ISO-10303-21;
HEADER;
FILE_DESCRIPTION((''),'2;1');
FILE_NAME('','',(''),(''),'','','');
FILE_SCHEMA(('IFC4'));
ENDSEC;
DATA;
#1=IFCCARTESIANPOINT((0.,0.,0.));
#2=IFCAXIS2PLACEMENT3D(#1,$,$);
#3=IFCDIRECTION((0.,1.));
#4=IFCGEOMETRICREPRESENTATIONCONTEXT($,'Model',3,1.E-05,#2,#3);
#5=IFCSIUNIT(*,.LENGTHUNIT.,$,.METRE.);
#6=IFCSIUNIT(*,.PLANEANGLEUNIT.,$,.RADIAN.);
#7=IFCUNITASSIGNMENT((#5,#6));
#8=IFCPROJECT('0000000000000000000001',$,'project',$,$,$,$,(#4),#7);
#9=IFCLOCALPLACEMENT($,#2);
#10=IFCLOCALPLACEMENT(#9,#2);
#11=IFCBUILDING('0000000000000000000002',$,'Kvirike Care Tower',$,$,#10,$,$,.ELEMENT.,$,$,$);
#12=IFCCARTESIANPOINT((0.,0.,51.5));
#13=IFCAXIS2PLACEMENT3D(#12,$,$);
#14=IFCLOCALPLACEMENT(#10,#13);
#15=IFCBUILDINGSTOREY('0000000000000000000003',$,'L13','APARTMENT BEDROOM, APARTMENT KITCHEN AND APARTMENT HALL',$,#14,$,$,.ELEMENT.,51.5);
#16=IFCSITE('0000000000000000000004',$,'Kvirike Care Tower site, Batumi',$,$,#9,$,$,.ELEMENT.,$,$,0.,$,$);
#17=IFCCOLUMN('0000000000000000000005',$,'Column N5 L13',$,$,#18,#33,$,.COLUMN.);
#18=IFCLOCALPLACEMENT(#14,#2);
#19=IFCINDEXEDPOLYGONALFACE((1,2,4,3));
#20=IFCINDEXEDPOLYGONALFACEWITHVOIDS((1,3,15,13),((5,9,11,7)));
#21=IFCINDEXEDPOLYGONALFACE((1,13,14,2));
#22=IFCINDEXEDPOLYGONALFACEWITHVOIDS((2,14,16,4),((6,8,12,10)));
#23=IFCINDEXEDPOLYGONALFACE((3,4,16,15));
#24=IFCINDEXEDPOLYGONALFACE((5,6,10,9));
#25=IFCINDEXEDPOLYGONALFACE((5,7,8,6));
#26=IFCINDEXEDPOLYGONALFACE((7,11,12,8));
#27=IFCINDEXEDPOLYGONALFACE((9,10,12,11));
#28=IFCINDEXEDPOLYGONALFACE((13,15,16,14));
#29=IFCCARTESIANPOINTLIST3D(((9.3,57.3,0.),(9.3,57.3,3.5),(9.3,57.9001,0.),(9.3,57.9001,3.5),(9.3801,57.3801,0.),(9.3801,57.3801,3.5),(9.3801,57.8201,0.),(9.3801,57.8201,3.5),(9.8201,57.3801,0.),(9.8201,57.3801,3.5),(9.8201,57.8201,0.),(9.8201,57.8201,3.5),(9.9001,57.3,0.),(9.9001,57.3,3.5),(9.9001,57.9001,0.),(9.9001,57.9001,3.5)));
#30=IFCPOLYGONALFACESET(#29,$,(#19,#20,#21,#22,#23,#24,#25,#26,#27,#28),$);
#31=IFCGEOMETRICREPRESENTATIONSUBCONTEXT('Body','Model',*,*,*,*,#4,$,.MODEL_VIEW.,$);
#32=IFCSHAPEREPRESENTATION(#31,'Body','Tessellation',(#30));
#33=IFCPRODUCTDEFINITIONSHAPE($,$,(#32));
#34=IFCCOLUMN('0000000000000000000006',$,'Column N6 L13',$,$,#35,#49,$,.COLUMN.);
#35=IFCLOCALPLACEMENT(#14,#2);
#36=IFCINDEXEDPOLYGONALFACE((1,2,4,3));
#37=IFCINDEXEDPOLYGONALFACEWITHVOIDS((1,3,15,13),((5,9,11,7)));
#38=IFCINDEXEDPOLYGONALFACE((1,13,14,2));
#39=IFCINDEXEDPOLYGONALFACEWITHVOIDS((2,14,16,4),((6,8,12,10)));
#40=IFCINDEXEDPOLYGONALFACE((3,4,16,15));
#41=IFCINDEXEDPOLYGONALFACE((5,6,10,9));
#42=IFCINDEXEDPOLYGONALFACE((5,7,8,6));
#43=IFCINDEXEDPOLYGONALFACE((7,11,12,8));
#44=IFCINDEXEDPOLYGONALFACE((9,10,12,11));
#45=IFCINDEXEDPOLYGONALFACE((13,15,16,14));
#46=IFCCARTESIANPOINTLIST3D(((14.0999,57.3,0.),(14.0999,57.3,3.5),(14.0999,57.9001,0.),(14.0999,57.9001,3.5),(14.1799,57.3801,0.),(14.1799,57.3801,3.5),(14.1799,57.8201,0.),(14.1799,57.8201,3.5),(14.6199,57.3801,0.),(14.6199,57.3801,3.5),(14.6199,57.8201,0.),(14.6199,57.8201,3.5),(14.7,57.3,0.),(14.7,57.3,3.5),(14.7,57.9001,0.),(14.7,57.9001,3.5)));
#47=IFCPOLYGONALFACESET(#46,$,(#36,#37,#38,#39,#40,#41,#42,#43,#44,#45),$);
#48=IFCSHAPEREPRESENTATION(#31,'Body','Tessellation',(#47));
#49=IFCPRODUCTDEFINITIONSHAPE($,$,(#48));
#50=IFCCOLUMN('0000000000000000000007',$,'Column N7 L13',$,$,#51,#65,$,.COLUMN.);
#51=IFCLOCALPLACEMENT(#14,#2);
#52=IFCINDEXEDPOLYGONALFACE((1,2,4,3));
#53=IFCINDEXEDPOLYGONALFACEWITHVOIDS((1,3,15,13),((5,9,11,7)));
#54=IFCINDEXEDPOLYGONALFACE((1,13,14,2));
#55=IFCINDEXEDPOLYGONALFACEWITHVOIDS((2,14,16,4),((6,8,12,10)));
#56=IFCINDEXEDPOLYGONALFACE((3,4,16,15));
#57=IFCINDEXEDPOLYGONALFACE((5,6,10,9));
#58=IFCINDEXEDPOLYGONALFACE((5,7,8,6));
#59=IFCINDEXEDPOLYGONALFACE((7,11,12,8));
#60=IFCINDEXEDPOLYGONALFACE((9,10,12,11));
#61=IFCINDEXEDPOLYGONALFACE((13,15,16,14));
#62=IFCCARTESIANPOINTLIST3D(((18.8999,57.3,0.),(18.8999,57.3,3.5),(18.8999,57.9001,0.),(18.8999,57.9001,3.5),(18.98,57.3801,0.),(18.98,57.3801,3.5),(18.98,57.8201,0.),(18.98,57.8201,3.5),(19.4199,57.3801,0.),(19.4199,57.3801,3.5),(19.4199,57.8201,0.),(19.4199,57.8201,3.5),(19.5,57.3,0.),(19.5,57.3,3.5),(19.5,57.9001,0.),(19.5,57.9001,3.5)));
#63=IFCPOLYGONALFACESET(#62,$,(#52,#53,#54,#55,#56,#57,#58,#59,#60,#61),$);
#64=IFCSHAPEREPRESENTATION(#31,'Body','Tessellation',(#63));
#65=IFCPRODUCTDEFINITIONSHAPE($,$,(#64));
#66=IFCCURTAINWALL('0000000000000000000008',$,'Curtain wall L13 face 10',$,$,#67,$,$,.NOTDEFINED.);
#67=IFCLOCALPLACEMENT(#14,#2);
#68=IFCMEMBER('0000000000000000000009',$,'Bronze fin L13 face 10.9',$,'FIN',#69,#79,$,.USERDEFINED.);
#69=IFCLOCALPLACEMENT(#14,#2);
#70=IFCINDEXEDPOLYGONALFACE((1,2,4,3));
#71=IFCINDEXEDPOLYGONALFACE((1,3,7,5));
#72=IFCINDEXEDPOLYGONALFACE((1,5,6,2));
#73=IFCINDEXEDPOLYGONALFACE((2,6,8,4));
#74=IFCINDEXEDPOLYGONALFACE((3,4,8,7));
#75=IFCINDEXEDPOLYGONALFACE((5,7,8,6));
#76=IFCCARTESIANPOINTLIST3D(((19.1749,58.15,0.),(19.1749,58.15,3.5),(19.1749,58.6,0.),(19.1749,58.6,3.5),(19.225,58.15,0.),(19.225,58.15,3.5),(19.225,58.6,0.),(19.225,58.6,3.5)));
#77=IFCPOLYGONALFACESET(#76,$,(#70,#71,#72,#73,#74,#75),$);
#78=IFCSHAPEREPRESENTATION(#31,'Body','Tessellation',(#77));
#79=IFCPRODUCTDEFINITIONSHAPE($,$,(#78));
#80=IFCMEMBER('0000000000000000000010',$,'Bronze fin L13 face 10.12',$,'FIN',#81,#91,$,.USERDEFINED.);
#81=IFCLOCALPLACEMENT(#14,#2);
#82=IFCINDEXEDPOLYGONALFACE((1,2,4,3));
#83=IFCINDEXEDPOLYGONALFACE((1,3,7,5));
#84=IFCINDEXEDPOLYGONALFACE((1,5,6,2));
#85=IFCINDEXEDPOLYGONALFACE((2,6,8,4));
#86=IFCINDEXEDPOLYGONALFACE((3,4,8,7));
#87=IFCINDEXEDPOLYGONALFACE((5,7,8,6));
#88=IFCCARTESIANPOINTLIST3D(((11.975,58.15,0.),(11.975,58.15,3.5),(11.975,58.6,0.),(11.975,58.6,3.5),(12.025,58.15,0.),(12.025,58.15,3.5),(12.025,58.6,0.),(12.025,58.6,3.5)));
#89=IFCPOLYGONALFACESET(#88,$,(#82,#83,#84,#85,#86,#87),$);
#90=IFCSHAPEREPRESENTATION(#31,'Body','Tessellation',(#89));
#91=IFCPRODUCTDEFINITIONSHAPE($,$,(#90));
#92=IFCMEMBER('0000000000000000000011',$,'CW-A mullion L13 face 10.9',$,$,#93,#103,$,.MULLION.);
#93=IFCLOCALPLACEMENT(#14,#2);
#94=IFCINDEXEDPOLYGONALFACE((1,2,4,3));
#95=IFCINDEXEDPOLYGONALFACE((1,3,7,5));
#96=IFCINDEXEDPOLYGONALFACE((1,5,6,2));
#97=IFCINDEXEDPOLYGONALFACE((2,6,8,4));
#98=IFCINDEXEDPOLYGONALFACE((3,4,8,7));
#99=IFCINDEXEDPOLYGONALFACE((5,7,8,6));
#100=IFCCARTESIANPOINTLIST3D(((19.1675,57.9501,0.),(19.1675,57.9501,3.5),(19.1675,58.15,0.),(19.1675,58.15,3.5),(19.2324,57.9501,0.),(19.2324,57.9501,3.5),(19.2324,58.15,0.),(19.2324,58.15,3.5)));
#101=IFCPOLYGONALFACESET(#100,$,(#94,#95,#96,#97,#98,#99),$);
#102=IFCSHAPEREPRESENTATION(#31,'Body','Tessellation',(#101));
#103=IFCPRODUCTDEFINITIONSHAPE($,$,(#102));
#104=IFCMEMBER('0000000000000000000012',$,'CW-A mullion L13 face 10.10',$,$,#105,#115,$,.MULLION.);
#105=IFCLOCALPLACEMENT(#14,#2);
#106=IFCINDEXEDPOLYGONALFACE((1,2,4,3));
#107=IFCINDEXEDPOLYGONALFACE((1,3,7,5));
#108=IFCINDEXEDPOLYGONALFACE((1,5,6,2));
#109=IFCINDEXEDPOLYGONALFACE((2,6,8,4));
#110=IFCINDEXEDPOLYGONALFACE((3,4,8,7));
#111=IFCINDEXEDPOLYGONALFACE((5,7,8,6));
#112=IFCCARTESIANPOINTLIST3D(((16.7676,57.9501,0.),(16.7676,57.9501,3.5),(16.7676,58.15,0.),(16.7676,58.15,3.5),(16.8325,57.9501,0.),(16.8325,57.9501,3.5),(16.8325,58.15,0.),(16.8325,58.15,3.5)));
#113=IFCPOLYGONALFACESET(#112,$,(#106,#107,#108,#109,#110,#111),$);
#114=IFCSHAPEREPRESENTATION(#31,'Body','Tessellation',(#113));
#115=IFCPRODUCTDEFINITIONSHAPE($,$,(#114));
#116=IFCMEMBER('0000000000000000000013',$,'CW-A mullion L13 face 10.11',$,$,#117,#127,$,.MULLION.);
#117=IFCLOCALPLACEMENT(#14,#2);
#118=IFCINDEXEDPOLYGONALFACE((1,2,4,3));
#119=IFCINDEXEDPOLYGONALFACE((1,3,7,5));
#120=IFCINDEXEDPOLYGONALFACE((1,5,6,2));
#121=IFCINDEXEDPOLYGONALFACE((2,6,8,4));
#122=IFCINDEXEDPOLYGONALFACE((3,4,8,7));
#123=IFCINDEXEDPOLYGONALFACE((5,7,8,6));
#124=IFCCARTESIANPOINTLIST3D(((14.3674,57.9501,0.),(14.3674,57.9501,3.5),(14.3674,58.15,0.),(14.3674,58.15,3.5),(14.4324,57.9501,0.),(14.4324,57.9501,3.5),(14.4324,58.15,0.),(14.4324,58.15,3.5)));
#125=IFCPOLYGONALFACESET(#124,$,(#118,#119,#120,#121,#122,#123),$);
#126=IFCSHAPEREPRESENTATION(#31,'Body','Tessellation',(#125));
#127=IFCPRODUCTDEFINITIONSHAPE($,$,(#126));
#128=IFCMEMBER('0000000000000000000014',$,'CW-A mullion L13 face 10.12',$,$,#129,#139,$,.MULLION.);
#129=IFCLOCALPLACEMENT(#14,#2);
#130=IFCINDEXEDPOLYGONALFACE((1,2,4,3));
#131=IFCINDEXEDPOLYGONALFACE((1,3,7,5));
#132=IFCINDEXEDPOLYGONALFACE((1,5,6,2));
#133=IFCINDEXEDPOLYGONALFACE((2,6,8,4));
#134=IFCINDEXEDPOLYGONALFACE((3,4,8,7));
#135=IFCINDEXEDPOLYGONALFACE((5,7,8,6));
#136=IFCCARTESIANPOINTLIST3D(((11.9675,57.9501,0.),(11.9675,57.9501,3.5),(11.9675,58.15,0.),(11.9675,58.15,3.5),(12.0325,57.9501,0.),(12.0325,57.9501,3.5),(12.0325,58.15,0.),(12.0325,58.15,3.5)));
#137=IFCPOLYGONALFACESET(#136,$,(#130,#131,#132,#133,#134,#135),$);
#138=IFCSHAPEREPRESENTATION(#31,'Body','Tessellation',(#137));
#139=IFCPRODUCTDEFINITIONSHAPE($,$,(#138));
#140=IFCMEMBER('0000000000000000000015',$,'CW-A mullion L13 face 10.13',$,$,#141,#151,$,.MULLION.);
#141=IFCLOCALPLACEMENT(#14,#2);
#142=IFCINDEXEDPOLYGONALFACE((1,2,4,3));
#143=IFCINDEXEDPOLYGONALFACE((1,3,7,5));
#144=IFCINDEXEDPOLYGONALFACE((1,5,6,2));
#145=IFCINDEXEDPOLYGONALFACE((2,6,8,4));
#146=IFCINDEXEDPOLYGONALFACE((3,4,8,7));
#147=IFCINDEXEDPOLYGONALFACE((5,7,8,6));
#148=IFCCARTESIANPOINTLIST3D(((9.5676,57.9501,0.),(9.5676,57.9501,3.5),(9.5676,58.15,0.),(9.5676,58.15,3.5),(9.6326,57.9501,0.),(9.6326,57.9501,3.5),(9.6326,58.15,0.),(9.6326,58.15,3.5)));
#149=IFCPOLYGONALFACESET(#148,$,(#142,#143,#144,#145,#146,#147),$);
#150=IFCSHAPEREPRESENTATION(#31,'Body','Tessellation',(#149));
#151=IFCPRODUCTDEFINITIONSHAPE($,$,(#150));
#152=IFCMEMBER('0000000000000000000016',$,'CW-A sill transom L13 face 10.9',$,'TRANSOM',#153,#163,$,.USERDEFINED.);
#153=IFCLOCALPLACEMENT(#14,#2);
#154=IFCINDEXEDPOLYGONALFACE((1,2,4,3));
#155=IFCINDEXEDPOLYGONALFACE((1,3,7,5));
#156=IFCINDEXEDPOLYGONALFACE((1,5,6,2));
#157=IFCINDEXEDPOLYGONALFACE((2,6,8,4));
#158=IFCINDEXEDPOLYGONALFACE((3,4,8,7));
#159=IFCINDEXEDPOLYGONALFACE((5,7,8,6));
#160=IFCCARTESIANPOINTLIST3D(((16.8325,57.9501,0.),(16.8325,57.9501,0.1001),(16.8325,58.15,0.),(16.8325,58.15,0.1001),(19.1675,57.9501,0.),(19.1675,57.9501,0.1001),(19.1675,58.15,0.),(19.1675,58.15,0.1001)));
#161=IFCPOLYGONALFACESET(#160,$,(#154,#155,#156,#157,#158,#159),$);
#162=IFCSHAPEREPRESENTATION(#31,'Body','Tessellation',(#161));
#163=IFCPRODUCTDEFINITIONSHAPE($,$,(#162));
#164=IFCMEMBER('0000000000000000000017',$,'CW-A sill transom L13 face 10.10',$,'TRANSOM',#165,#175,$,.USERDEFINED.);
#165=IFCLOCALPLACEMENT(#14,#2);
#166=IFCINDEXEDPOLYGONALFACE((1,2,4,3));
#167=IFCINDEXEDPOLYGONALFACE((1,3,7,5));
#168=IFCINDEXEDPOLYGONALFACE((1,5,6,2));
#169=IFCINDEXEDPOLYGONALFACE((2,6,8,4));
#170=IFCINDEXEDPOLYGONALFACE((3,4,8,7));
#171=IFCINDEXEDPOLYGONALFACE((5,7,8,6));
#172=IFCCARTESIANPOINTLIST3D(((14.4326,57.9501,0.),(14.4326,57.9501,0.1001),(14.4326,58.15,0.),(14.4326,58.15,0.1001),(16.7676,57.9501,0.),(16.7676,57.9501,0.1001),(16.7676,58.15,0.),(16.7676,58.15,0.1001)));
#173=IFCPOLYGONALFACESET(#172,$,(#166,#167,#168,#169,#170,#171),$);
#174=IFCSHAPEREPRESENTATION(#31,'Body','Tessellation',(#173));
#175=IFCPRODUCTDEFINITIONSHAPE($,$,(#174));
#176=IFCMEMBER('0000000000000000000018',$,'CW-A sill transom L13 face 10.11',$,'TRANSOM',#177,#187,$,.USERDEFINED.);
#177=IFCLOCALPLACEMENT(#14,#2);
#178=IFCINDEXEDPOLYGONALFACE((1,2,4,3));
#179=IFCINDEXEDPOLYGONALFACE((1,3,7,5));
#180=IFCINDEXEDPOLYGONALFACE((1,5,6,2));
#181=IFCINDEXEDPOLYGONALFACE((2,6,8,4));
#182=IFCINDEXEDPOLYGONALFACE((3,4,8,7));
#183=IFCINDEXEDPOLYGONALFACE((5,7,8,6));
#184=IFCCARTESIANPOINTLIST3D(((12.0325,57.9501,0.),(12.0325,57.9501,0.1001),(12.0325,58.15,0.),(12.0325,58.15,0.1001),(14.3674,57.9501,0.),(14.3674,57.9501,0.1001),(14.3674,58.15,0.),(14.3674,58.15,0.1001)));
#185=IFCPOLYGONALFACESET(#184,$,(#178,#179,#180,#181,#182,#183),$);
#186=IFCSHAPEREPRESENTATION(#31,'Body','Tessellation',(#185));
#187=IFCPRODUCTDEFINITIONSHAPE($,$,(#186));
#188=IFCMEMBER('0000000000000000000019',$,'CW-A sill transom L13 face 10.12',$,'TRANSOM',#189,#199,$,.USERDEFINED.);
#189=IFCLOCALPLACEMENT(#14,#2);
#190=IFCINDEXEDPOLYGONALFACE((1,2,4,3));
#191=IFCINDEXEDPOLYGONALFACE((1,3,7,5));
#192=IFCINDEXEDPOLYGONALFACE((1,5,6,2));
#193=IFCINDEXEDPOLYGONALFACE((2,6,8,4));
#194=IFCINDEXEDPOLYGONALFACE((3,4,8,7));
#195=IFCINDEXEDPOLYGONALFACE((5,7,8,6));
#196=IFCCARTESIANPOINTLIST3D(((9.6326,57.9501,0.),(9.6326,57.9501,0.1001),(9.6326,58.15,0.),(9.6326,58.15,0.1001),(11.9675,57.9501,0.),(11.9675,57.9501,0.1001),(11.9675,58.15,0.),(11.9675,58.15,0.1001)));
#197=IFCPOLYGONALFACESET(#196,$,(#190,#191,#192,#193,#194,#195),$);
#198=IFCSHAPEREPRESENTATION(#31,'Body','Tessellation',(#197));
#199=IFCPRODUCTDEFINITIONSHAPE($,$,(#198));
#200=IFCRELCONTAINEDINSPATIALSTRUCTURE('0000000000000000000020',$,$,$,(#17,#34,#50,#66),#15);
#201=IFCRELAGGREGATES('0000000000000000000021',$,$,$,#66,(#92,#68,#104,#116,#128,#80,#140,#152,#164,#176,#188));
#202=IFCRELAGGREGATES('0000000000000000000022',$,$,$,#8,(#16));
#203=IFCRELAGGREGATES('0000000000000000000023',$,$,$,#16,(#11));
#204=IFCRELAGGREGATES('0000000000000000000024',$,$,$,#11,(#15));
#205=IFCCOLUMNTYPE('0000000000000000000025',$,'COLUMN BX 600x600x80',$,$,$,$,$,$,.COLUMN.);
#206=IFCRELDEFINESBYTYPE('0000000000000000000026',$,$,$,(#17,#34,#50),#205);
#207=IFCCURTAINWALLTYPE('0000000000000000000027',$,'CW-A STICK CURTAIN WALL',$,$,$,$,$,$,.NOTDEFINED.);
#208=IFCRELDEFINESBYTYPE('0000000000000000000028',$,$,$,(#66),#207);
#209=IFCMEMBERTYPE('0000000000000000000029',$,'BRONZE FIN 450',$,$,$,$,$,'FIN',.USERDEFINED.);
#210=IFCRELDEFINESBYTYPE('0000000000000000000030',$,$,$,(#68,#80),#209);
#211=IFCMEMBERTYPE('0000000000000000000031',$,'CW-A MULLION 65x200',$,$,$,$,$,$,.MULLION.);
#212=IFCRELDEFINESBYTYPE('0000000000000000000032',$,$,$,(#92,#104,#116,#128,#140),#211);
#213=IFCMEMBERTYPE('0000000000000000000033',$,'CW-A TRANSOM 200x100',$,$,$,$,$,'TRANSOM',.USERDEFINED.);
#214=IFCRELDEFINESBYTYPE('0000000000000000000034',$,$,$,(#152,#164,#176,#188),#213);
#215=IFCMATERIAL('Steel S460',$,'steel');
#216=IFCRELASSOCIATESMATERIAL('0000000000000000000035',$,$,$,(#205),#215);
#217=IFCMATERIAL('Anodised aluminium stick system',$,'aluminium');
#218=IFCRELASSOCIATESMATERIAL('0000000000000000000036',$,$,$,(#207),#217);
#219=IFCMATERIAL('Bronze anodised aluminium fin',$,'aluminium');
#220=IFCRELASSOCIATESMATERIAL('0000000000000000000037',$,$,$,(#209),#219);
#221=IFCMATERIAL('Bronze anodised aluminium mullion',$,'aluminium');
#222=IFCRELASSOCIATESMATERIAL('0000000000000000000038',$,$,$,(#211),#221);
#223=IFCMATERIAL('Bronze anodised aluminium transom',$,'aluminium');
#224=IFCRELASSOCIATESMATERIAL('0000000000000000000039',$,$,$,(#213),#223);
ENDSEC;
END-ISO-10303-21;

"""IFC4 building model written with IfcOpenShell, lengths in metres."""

from ifc_helpers import new_model, si_unit, direction, frame, origin, origin_2d, place, context, subcontext, project, spatial, rectangle, hollow_rectangle, extrude, material, material_profile, profile_set, type_object, element, aggregate, save


model = new_model("IFC4")

# Units and contexts
model_context = context("Model", 3, precision=1e-05, world=origin(), true_north=direction((0.0, 1.0)))
body_context = subcontext(model_context, "Body", "Model", "MODEL_VIEW")
ifc_project = project(units=[si_unit("LENGTHUNIT", "METRE"), si_unit("PLANEANGLEUNIT", "RADIAN")], contexts=[model_context])

# Site, building, storey
site_placement = place(None, origin())
site = spatial("IfcSite", under=ifc_project, at=site_placement, Name="Kvirike Care Tower site, Batumi", CompositionType="ELEMENT", RefElevation=0.0)
building_placement = place(site_placement, origin())
building = spatial("IfcBuilding", under=site, at=building_placement, Name="Kvirike Care Tower", CompositionType="ELEMENT")
storey_placement = place(building_placement, frame((0.0, 0.0, 51.5)))
storey = spatial("IfcBuildingStorey", under=building, at=storey_placement, Name="L13", Description="APARTMENT BEDROOM, APARTMENT KITCHEN AND APARTMENT HALL", CompositionType="ELEMENT", Elevation=51.5)

# Columns
ifc_material_1 = material(Name="Steel S460", Category="steel")
ifc_material_profile_1 = material_profile(ifc_material_1, hollow_rectangle(XDim=0.6001, YDim=0.6001, WallThickness=0.0801, at=origin_2d()), Name="BX 600x600x80")
ifc_profile_set_1 = profile_set([ifc_material_profile_1], Name="Steel S460")
column_type = type_object("IfcColumnType", Name="COLUMN BX 600x600x80", PredefinedType="COLUMN", material=ifc_profile_set_1)
for number, where, z_axis, x_axis, name in (
    (1, (9.6001, 57.6001, 0.0), (0.0, 0.0, 1.0), (0.0, 1.0, 0.0), "Column N5 L13"),
    (2, (14.3999, 57.6001, 0.0), (0.0, 0.0, 1.0), (0.0, 1.0, 0.0), "Column N6 L13"),
    (3, (19.2, 57.6001, 0.0), (0.0, 0.0, 1.0), (0.0, 1.0, 0.0), "Column N7 L13"),
):
    element("IfcColumn", number, at=place(storey_placement, frame(where, z_axis=z_axis, x_axis=x_axis)), inside=storey, type_object=column_type, Name=name, PredefinedType="COLUMN", context=body_context, shape_type="SweptSolid", body=[
        extrude(hollow_rectangle(XDim=0.6001, YDim=0.6001, WallThickness=0.0801, at=origin_2d()), origin(), (0.0, 0.0, 1.0), 3.5),
    ])

# Curtain wall, members
ifc_material_2 = material(Name="Anodised aluminium stick system", Category="aluminium")
curtain_wall_type = type_object("IfcCurtainWallType", Name="CW-A STICK CURTAIN WALL", PredefinedType="NOTDEFINED", material=ifc_material_2)
curtain_wall_placement = place(storey_placement, origin())
curtain_wall = element("IfcCurtainWall", 4, at=curtain_wall_placement, inside=storey, type_object=curtain_wall_type, Name="Curtain wall L13 face 10", PredefinedType="NOTDEFINED")
ifc_material_3 = material(Name="Bronze anodised aluminium fin", Category="aluminium")
ifc_material_profile_2 = material_profile(ifc_material_3, rectangle(XDim=0.05, YDim=0.45, at=origin_2d()), Name="BRONZE FIN 450")
ifc_profile_set_2 = profile_set([ifc_material_profile_2], Name="Bronze anodised aluminium fin")
member_type_1 = type_object("IfcMemberType", Name="BRONZE FIN 450", ElementType="FIN", PredefinedType="USERDEFINED", material=ifc_profile_set_2)
member_1_placement = place(storey_placement, frame((19.2, 58.375, 0.0), z_axis=(0.0, 0.0, 1.0), x_axis=(-1.0, 0.0, 0.0)))
member_1 = element("IfcMember", 5, at=member_1_placement, type_object=member_type_1, Name="Bronze fin L13 face 10.9", ObjectType="FIN", PredefinedType="USERDEFINED", context=body_context, shape_type="SweptSolid", body=[
    extrude(rectangle(XDim=0.05, YDim=0.45, at=origin_2d()), origin(), (0.0, 0.0, 1.0), 3.5),
])
member_2_placement = place(storey_placement, frame((12.0, 58.375, 0.0), z_axis=(0.0, 0.0, 1.0), x_axis=(-1.0, 0.0, 0.0)))
member_2 = element("IfcMember", 6, at=member_2_placement, type_object=member_type_1, Name="Bronze fin L13 face 10.12", ObjectType="FIN", PredefinedType="USERDEFINED", context=body_context, shape_type="SweptSolid", body=[
    extrude(rectangle(XDim=0.05, YDim=0.45, at=origin_2d()), origin(), (0.0, 0.0, 1.0), 3.5),
])
ifc_material_4 = material(Name="Bronze anodised aluminium mullion", Category="aluminium")
ifc_material_profile_3 = material_profile(ifc_material_4, rectangle(XDim=0.0649, YDim=0.2, at=origin_2d()), Name="CW-A MULLION 65x200")
ifc_profile_set_3 = profile_set([ifc_material_profile_3], Name="Bronze anodised aluminium mullion")
member_type_2 = type_object("IfcMemberType", Name="CW-A MULLION 65x200", PredefinedType="MULLION", material=ifc_profile_set_3)
member_3_placement = place(storey_placement, frame((19.2, 58.05, 0.0), z_axis=(0.0, 0.0, 1.0), x_axis=(-1.0, 0.0, 0.0)))
member_3 = element("IfcMember", 7, at=member_3_placement, type_object=member_type_2, Name="CW-A mullion L13 face 10.9", PredefinedType="MULLION", context=body_context, shape_type="SweptSolid", body=[
    extrude(rectangle(XDim=0.0649, YDim=0.2, at=origin_2d()), origin(), (0.0, 0.0, 1.0), 3.5),
])
member_4_placement = place(storey_placement, frame((16.8, 58.05, 0.0), z_axis=(0.0, 0.0, 1.0), x_axis=(-1.0, 0.0, 0.0)))
member_4 = element("IfcMember", 8, at=member_4_placement, type_object=member_type_2, Name="CW-A mullion L13 face 10.10", PredefinedType="MULLION", context=body_context, shape_type="SweptSolid", body=[
    extrude(rectangle(XDim=0.0649, YDim=0.2, at=origin_2d()), origin(), (0.0, 0.0, 1.0), 3.5),
])
member_5_placement = place(storey_placement, frame((14.3999, 58.05, 0.0), z_axis=(0.0, 0.0, 1.0), x_axis=(-1.0, 0.0, 0.0)))
member_5 = element("IfcMember", 9, at=member_5_placement, type_object=member_type_2, Name="CW-A mullion L13 face 10.11", PredefinedType="MULLION", context=body_context, shape_type="SweptSolid", body=[
    extrude(rectangle(XDim=0.0649, YDim=0.2, at=origin_2d()), origin(), (0.0, 0.0, 1.0), 3.5),
])
member_6_placement = place(storey_placement, frame((12.0, 58.05, 0.0), z_axis=(0.0, 0.0, 1.0), x_axis=(-1.0, 0.0, 0.0)))
member_6 = element("IfcMember", 10, at=member_6_placement, type_object=member_type_2, Name="CW-A mullion L13 face 10.12", PredefinedType="MULLION", context=body_context, shape_type="SweptSolid", body=[
    extrude(rectangle(XDim=0.0649, YDim=0.2, at=origin_2d()), origin(), (0.0, 0.0, 1.0), 3.5),
])
member_7_placement = place(storey_placement, frame((9.6001, 58.05, 0.0), z_axis=(0.0, 0.0, 1.0), x_axis=(-1.0, 0.0, 0.0)))
member_7 = element("IfcMember", 11, at=member_7_placement, type_object=member_type_2, Name="CW-A mullion L13 face 10.13", PredefinedType="MULLION", context=body_context, shape_type="SweptSolid", body=[
    extrude(rectangle(XDim=0.0649, YDim=0.2, at=origin_2d()), origin(), (0.0, 0.0, 1.0), 3.5),
])
ifc_material_5 = material(Name="Bronze anodised aluminium transom", Category="aluminium")
ifc_material_profile_4 = material_profile(ifc_material_5, rectangle(XDim=0.2, YDim=0.1001, at=origin_2d()), Name="CW-A TRANSOM 200x100")
ifc_profile_set_4 = profile_set([ifc_material_profile_4], Name="Bronze anodised aluminium transom")
member_type_3 = type_object("IfcMemberType", Name="CW-A TRANSOM 200x100", ElementType="TRANSOM", PredefinedType="USERDEFINED", material=ifc_profile_set_4)
member_8_placement = place(storey_placement, frame((19.1675, 58.05, 0.05), z_axis=(-1.0, 0.0, 0.0), x_axis=(0.0, -1.0, 0.0)))
member_8 = element("IfcMember", 12, at=member_8_placement, type_object=member_type_3, Name="CW-A sill transom L13 face 10.9", ObjectType="TRANSOM", PredefinedType="USERDEFINED", context=body_context, shape_type="SweptSolid", body=[
    extrude(rectangle(XDim=0.2, YDim=0.1001, at=origin_2d()), origin(), (0.0, 0.0, 1.0), 2.335),
])
member_9_placement = place(storey_placement, frame((16.7676, 58.05, 0.05), z_axis=(-1.0, 0.0, 0.0), x_axis=(0.0, -1.0, 0.0)))
member_9 = element("IfcMember", 13, at=member_9_placement, type_object=member_type_3, Name="CW-A sill transom L13 face 10.10", ObjectType="TRANSOM", PredefinedType="USERDEFINED", context=body_context, shape_type="SweptSolid", body=[
    extrude(rectangle(XDim=0.2, YDim=0.1001, at=origin_2d()), origin(), (0.0, 0.0, 1.0), 2.335),
])
member_10_placement = place(storey_placement, frame((14.3674, 58.05, 0.05), z_axis=(-1.0, 0.0, 0.0), x_axis=(0.0, -1.0, 0.0)))
member_10 = element("IfcMember", 14, at=member_10_placement, type_object=member_type_3, Name="CW-A sill transom L13 face 10.11", ObjectType="TRANSOM", PredefinedType="USERDEFINED", context=body_context, shape_type="SweptSolid", body=[
    extrude(rectangle(XDim=0.2, YDim=0.1001, at=origin_2d()), origin(), (0.0, 0.0, 1.0), 2.335),
])
member_11_placement = place(storey_placement, frame((11.9675, 58.05, 0.05), z_axis=(-1.0, 0.0, 0.0), x_axis=(0.0, -1.0, 0.0)))
member_11 = element("IfcMember", 15, at=member_11_placement, type_object=member_type_3, Name="CW-A sill transom L13 face 10.12", ObjectType="TRANSOM", PredefinedType="USERDEFINED", context=body_context, shape_type="SweptSolid", body=[
    extrude(rectangle(XDim=0.2, YDim=0.1001, at=origin_2d()), origin(), (0.0, 0.0, 1.0), 2.335),
])

aggregate(curtain_wall, [member_3, member_1, member_4, member_5, member_6, member_2, member_7, member_8, member_9, member_10, member_11])

save(model, "model.ifc")
